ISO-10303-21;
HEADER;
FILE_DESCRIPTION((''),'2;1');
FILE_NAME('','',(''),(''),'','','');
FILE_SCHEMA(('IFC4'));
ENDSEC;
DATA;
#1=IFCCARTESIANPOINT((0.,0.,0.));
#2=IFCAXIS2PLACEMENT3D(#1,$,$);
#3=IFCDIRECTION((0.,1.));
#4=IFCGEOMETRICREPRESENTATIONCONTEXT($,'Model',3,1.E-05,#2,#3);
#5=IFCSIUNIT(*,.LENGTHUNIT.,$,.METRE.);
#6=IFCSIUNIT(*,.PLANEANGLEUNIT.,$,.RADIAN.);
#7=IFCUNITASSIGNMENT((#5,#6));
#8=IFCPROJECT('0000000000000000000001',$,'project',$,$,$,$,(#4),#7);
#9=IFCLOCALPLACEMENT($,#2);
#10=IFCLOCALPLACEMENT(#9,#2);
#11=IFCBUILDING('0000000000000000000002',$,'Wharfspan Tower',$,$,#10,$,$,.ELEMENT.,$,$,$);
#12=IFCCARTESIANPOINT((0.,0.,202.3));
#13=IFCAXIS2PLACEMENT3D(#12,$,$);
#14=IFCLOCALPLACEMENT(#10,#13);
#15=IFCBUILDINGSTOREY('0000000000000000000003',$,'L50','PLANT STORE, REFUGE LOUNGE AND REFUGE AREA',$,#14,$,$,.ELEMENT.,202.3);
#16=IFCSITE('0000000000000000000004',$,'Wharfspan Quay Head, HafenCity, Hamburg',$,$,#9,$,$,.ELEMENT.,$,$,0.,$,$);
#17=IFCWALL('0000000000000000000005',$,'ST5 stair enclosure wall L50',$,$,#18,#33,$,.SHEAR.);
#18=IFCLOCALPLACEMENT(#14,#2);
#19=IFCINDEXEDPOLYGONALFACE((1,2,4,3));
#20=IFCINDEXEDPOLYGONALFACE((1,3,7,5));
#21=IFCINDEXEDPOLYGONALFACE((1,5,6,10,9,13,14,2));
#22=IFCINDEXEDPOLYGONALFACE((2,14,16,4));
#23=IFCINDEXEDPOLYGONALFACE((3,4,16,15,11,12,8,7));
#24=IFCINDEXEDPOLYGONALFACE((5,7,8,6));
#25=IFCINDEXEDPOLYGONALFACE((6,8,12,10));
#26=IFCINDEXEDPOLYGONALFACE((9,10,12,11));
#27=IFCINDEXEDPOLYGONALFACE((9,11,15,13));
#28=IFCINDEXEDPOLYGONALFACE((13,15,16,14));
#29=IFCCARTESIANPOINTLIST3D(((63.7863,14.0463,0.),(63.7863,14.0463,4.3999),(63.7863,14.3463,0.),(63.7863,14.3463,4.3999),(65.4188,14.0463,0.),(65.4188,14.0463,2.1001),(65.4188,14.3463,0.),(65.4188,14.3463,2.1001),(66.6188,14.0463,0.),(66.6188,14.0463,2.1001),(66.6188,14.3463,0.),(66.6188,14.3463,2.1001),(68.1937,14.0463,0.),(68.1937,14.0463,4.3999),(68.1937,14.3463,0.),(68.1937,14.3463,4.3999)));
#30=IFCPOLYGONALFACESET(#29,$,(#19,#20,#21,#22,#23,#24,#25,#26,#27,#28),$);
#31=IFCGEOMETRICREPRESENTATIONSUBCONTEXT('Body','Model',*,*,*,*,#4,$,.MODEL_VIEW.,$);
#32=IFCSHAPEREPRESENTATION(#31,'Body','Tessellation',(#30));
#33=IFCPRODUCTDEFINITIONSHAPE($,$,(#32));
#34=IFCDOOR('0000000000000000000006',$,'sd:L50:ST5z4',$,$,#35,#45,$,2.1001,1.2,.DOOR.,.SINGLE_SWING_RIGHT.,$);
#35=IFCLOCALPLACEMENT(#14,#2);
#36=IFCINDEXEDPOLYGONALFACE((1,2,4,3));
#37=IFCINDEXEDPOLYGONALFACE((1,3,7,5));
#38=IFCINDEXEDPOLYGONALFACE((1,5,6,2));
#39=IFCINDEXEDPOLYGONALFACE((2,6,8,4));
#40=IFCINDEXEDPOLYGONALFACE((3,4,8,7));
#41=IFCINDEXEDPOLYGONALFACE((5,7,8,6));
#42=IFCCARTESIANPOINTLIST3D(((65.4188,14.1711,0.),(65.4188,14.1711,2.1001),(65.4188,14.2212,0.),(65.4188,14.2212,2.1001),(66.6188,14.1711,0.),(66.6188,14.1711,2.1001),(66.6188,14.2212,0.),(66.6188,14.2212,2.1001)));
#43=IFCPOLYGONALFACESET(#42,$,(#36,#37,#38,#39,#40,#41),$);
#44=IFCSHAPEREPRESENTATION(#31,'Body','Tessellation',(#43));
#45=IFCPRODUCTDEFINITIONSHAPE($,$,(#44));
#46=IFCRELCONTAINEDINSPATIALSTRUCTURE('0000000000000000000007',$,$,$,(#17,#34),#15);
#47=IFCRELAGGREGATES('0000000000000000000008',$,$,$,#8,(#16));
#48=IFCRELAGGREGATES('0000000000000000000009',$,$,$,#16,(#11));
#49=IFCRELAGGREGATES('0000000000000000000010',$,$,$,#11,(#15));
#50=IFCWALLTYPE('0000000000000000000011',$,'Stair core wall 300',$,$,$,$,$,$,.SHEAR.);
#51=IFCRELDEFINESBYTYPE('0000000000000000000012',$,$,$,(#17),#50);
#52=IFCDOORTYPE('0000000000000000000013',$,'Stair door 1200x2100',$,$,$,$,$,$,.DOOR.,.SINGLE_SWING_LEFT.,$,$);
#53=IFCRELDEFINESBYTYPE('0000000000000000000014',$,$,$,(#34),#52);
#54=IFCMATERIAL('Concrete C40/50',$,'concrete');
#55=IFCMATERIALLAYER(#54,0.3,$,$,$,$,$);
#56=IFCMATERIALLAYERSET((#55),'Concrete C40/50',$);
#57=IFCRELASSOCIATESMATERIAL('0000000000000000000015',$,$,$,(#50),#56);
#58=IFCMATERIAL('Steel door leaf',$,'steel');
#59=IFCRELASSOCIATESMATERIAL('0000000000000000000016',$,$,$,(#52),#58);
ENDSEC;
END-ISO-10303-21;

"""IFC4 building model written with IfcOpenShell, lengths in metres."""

from ifc_helpers import new_model, si_unit, direction, frame, frame_2d, origin, place, context, subcontext, project, spatial, rectangle, extrude, material, layer, layer_set, type_object, element, fill, save


model = new_model("IFC4")

# Units and contexts
model_context = context("Model", 3, precision=1e-05, world=origin(), true_north=direction((0.0, 1.0)))
body_context = subcontext(model_context, "Body", "Model", "MODEL_VIEW")
ifc_project = project(units=[si_unit("LENGTHUNIT", "METRE"), si_unit("PLANEANGLEUNIT", "RADIAN")], contexts=[model_context])

# Site, building, storey
site_placement = place(None, origin())
site = spatial("IfcSite", under=ifc_project, at=site_placement, Name="Wharfspan Quay Head, HafenCity, Hamburg", CompositionType="ELEMENT", RefElevation=0.0)
building_placement = place(site_placement, origin())
building = spatial("IfcBuilding", under=site, at=building_placement, Name="Wharfspan Tower", CompositionType="ELEMENT")
storey_placement = place(building_placement, frame((0.0, 0.0, 202.3)))
storey = spatial("IfcBuildingStorey", under=building, at=storey_placement, Name="L50", Description="PLANT STORE, REFUGE LOUNGE AND REFUGE AREA", CompositionType="ELEMENT", Elevation=202.3)

# Wall, opening, door
ifc_material_1 = material(Name="Concrete C40/50", Category="concrete")
ifc_layer_1 = layer(ifc_material_1, 0.3)
ifc_layer_set_1 = layer_set([ifc_layer_1], Name="Concrete C40/50")
wall_type_1 = type_object("IfcWallType", Name="Stair core wall 300", PredefinedType="SHEAR", material=ifc_layer_set_1)
wall_1_placement = place(storey_placement, frame((63.7864, 14.1963, 0.0), z_axis=(0.0, 0.0, 1.0), x_axis=(1.0, 0.0, 0.0)))
wall_1 = element("IfcWall", 1, at=wall_1_placement, inside=storey, type_object=wall_type_1, Name="ST5 stair enclosure wall L50", PredefinedType="SHEAR", context=body_context, shape_type="SweptSolid", body=[
    extrude(rectangle(XDim=4.4075, YDim=0.3, at=frame_2d((2.2036, 0.0))), origin(), (0.0, 0.0, 1.0), 4.3999),
])
opening_1_placement = place(wall_1_placement, frame((1.6323, 0.0, 0.0)))
opening_1 = element("IfcOpeningElement", 2, at=opening_1_placement, cuts=wall_1, PredefinedType="OPENING", context=body_context, shape_type="SweptSolid", body=[
    extrude(rectangle(XDim=1.2, YDim=2.1001, at=frame_2d((0.6001, 1.05))), frame((0.0, 0.1599, 0.0), z_axis=(0.0, -1.0, 0.0), x_axis=(1.0, 0.0, 0.0)), (0.0, 0.0, 1.0), 0.3201),
])
ifc_material_2 = material(Name="Steel door leaf", Category="steel")
door_type_1 = type_object("IfcDoorType", Name="Stair door 1200x2100", OperationType="SINGLE_SWING_LEFT", PredefinedType="DOOR", material=ifc_material_2)
door_1_placement = place(opening_1_placement, origin())
door_1 = element("IfcDoor", 3, at=door_1_placement, inside=storey, type_object=door_type_1, Name="sd:L50:ST5z4", OperationType="SINGLE_SWING_RIGHT", OverallHeight=2.1001, OverallWidth=1.2, PredefinedType="DOOR", context=body_context, shape_type="SweptSolid", body=[
    extrude(rectangle(XDim=1.2, YDim=2.1001, at=frame_2d((0.6001, 1.05))), frame((0.0, 0.0249, 0.0), z_axis=(0.0, -1.0, 0.0), x_axis=(1.0, 0.0, 0.0)), (0.0, 0.0, 1.0), 0.05),
])
fill(opening_1, door_1)

save(model, "model.ifc")
